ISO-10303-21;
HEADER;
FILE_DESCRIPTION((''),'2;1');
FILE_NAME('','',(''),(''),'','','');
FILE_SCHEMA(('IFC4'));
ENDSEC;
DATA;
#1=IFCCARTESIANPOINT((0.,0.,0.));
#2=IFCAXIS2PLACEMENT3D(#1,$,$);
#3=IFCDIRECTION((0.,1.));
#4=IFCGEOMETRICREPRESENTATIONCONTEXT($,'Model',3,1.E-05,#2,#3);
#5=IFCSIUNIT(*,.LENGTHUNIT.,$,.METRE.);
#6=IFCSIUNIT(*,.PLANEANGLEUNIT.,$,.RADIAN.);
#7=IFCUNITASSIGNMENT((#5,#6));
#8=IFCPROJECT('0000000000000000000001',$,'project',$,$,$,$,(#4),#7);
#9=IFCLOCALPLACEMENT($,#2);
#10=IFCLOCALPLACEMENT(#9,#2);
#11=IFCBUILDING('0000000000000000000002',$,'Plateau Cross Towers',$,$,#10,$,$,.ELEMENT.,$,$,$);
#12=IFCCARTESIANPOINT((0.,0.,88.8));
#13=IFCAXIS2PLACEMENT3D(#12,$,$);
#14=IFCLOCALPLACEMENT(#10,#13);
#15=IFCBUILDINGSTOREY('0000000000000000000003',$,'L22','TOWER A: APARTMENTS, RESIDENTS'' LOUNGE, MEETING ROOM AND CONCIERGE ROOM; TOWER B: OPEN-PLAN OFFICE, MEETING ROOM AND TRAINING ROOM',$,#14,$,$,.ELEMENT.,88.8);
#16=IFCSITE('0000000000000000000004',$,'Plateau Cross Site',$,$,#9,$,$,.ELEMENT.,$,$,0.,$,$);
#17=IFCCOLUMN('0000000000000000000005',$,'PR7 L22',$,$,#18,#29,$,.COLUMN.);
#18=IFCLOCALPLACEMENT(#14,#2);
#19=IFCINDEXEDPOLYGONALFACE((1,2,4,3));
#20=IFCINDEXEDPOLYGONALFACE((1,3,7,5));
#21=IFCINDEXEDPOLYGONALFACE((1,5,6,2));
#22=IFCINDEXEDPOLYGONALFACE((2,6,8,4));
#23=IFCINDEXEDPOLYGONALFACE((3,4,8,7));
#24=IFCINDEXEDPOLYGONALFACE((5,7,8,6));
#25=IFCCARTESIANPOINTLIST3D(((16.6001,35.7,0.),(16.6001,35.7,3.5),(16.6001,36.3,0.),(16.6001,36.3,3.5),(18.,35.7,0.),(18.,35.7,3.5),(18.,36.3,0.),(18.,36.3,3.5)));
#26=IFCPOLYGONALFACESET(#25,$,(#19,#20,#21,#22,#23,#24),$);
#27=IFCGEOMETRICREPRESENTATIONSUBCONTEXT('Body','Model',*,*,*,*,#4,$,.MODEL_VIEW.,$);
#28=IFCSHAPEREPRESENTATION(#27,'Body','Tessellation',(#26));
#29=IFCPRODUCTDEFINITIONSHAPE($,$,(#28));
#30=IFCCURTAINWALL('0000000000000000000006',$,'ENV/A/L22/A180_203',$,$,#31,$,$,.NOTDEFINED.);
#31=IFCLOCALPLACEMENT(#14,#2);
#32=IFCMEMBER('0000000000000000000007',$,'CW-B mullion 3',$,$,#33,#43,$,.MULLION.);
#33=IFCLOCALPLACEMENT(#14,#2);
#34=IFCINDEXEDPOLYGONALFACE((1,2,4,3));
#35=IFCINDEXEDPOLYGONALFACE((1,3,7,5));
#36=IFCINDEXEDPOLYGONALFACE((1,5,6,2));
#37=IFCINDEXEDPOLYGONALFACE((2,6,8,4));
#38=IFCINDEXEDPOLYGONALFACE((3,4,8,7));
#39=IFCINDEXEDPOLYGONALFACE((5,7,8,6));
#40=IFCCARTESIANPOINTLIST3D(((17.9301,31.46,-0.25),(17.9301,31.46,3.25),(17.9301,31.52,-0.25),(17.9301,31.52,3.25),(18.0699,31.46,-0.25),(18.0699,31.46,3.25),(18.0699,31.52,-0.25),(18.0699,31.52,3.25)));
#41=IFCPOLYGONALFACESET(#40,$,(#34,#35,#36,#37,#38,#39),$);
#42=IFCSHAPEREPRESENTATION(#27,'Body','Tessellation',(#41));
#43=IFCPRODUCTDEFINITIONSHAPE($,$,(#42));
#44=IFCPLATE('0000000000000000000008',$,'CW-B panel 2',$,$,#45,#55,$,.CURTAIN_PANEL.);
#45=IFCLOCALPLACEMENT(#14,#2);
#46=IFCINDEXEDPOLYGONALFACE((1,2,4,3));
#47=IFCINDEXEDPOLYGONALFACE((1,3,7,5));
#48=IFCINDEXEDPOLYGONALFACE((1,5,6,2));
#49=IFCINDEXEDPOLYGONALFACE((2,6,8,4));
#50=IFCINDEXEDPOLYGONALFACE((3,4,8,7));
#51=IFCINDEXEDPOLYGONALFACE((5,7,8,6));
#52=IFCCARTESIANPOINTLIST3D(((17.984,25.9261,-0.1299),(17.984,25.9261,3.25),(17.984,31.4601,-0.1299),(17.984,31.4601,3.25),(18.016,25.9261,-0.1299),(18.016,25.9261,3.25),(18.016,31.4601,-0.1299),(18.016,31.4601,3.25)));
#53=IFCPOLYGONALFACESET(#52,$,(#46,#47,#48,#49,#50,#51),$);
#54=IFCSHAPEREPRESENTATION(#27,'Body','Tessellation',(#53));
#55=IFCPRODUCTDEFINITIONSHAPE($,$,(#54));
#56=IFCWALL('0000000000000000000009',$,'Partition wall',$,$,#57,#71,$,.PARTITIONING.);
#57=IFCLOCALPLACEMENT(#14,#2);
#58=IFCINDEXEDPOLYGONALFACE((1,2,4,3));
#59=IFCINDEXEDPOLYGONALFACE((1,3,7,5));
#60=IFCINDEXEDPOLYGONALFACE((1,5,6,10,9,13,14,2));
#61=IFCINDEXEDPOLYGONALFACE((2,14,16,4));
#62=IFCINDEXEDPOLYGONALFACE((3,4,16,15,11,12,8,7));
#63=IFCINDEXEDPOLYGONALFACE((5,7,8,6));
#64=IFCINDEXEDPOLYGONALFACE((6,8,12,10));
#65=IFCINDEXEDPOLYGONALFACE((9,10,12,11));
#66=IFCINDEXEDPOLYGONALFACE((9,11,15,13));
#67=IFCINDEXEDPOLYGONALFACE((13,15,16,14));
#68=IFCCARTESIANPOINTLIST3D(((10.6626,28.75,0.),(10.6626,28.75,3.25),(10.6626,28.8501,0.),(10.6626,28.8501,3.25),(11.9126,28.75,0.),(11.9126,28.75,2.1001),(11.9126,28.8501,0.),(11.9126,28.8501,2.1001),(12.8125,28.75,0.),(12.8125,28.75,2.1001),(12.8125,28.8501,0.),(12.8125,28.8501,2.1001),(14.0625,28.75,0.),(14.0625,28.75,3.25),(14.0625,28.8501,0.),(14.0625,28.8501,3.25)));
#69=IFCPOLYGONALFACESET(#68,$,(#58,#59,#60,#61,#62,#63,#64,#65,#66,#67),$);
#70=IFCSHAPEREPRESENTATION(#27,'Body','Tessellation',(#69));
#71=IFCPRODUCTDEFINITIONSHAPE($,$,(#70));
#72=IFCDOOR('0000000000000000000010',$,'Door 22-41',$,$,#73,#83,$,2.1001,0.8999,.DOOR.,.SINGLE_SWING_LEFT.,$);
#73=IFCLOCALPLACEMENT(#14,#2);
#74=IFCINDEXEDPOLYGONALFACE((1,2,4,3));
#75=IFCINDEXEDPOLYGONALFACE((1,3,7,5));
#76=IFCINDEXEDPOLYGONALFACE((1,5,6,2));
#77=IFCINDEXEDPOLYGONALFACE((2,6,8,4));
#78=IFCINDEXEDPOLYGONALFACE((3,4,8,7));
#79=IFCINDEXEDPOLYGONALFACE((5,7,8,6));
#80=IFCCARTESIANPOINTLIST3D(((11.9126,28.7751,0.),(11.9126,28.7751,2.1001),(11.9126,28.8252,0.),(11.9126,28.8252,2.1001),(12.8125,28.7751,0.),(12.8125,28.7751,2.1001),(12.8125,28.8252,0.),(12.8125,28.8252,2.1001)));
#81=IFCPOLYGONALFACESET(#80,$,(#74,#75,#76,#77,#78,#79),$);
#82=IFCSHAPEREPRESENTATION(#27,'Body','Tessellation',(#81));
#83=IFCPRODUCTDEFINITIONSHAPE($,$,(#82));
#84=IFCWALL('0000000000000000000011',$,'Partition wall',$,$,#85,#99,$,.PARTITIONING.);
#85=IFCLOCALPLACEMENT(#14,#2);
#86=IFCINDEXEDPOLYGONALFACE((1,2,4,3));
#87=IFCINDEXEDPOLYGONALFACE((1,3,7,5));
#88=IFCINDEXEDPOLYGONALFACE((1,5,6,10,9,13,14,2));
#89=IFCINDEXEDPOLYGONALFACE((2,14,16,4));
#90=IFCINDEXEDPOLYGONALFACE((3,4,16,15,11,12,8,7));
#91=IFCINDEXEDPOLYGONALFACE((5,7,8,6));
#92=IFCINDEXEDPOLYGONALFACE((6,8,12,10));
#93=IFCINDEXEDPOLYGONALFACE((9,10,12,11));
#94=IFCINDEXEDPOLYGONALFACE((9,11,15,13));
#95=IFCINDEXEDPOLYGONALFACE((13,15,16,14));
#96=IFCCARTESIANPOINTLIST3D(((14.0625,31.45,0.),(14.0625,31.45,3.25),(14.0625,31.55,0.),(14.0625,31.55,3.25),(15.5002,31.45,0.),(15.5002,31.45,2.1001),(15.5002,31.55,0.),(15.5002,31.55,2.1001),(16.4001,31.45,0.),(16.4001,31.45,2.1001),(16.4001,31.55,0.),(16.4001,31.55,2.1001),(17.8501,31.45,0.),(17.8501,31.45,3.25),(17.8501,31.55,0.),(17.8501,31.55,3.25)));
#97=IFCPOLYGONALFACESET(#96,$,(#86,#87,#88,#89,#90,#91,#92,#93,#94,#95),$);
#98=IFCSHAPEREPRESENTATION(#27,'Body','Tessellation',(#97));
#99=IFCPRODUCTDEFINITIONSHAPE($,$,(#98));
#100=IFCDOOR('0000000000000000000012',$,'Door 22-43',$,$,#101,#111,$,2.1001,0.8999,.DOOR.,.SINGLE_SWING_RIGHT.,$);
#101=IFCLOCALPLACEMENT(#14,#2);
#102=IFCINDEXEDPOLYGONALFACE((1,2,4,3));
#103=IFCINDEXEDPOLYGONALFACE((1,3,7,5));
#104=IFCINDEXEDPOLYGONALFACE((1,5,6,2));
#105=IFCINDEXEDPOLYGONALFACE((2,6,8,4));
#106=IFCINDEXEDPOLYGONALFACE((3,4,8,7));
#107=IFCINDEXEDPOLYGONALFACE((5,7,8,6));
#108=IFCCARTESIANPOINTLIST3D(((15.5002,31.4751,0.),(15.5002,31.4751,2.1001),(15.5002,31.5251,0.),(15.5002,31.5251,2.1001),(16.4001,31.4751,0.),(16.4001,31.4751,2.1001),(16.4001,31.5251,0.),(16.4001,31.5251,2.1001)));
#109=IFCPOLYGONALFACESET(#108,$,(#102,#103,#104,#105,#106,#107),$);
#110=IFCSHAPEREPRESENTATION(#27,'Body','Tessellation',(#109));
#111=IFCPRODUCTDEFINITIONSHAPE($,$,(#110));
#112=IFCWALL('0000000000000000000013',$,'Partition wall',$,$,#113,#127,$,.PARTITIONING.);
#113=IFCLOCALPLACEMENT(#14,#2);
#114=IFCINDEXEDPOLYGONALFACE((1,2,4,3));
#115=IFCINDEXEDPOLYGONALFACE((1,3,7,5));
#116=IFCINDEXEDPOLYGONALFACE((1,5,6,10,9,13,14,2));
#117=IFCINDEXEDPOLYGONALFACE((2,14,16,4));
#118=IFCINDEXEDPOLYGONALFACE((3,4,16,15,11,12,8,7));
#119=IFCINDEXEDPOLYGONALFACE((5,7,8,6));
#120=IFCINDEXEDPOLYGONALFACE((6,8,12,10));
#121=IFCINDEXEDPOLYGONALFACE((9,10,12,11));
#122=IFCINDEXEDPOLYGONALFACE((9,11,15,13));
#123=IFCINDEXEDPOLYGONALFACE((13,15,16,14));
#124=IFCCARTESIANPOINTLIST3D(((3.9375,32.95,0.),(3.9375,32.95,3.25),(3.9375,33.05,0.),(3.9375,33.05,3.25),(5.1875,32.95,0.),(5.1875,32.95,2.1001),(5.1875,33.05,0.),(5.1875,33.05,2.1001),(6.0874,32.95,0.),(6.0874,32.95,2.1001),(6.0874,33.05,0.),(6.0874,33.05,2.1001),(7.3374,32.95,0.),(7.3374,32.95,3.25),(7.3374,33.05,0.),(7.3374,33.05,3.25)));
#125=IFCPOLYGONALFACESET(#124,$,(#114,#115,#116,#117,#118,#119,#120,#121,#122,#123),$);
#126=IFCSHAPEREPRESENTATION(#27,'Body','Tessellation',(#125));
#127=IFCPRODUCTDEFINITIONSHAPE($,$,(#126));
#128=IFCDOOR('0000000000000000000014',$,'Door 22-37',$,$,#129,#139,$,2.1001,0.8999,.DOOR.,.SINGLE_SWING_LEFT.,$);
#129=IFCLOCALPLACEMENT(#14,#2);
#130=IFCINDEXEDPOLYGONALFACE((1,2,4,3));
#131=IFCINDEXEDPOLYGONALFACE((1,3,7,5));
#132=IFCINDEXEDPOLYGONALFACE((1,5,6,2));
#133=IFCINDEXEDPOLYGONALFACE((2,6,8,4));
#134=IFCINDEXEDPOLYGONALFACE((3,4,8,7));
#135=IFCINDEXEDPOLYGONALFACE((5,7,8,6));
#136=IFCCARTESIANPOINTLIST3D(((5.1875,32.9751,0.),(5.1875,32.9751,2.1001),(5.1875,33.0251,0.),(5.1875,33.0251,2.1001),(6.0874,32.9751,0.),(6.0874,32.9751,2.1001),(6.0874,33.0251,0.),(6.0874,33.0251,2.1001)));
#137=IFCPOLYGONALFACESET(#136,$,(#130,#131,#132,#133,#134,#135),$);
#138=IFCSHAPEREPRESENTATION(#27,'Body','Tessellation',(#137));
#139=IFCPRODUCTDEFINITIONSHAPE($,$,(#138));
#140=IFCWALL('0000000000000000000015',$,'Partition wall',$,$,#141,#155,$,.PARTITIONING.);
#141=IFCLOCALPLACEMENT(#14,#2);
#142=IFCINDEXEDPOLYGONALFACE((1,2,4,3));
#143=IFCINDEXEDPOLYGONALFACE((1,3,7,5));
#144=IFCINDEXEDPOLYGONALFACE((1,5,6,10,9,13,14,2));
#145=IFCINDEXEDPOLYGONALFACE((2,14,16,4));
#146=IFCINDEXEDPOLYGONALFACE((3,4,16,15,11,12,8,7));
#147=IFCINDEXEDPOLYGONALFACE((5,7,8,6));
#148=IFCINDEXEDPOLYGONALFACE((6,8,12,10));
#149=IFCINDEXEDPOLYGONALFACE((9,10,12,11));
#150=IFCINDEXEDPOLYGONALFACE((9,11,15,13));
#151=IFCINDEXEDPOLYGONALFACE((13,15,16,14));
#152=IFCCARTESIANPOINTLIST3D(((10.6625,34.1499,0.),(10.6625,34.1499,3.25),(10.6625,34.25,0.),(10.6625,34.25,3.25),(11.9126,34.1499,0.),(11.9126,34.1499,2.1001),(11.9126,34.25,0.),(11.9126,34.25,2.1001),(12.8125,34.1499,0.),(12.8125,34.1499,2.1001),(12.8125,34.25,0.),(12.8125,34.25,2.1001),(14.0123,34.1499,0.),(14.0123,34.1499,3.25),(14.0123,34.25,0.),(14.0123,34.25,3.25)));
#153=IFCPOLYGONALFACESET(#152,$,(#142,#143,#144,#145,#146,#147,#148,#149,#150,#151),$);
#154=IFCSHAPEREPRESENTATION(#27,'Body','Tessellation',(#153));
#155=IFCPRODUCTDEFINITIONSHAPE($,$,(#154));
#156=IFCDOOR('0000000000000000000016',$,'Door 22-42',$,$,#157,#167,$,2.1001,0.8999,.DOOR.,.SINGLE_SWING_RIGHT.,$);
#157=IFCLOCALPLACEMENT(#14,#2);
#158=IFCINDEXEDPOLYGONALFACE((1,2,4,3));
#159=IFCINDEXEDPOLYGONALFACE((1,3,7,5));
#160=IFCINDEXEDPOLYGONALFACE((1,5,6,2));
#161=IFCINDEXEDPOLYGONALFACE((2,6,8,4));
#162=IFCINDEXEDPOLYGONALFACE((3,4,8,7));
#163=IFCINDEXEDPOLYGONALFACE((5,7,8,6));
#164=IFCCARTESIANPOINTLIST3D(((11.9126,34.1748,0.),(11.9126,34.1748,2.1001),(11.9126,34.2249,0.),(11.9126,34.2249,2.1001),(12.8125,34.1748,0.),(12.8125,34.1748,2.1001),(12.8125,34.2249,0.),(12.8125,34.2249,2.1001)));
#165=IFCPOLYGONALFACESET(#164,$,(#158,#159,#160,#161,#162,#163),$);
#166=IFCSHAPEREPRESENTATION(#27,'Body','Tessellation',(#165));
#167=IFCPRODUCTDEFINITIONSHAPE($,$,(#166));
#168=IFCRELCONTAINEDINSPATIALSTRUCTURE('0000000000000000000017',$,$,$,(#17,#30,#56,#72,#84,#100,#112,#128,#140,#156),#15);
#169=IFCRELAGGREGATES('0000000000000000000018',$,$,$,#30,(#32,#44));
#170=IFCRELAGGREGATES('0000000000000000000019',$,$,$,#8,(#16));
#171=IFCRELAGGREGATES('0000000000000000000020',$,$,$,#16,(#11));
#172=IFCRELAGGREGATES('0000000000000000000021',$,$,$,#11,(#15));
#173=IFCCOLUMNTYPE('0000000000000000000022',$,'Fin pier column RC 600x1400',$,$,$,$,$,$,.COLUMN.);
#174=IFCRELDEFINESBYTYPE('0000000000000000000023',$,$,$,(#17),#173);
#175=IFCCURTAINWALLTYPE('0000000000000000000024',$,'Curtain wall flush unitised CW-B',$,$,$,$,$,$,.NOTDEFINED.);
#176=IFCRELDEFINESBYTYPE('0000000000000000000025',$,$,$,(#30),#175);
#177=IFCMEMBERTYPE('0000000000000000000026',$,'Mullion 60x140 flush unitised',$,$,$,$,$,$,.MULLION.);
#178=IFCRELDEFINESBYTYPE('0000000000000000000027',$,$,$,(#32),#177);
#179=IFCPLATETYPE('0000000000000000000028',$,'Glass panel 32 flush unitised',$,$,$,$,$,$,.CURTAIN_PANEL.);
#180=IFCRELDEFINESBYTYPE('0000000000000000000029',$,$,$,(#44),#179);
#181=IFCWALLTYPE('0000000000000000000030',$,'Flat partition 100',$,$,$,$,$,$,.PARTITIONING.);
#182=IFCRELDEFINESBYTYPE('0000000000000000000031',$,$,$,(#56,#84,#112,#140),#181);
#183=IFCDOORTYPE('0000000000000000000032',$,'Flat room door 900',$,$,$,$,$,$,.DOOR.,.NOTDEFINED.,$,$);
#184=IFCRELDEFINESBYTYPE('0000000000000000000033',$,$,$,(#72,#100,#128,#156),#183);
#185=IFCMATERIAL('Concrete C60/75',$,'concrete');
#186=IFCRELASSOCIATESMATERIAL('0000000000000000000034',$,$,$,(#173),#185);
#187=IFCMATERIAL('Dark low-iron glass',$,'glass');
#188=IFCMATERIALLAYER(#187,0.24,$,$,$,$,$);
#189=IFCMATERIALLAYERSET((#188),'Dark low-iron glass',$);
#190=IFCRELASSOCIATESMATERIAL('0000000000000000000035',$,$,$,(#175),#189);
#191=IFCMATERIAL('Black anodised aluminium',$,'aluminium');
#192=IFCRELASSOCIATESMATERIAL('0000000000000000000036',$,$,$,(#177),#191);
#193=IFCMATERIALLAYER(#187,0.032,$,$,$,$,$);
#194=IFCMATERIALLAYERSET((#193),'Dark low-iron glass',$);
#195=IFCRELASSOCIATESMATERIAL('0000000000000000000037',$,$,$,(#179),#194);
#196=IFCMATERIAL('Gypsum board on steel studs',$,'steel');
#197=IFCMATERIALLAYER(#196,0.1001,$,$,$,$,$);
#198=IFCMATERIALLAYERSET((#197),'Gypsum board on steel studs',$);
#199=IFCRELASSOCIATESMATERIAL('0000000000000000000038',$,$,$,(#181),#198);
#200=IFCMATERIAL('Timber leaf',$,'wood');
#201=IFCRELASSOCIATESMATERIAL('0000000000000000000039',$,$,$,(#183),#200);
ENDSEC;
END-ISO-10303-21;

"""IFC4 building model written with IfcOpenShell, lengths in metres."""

from ifc_helpers import new_model, si_unit, direction, frame, frame_2d, origin, origin_2d, place, context, subcontext, project, spatial, rectangle, extrude, material, layer, layer_set, material_profile, profile_set, type_object, element, fill, aggregate, save


model = new_model("IFC4")

# Units and contexts
model_context = context("Model", 3, precision=1e-05, world=origin(), true_north=direction((0.0, 1.0)))
body_context = subcontext(model_context, "Body", "Model", "MODEL_VIEW")
ifc_project = project(units=[si_unit("LENGTHUNIT", "METRE"), si_unit("PLANEANGLEUNIT", "RADIAN")], contexts=[model_context])

# Site, building, storey
site_placement = place(None, origin())
site = spatial("IfcSite", under=ifc_project, at=site_placement, Name="Plateau Cross Site", CompositionType="ELEMENT", RefElevation=0.0)
building_placement = place(site_placement, origin())
building = spatial("IfcBuilding", under=site, at=building_placement, Name="Plateau Cross Towers", CompositionType="ELEMENT")
storey_placement = place(building_placement, frame((0.0, 0.0, 88.8)))
storey = spatial("IfcBuildingStorey", under=building, at=storey_placement, Name="L22", Description="TOWER A: APARTMENTS, RESIDENTS' LOUNGE, MEETING ROOM AND CONCIERGE ROOM; TOWER B: OPEN-PLAN OFFICE, MEETING ROOM AND TRAINING ROOM", CompositionType="ELEMENT", Elevation=88.8)

# Column
ifc_material_1 = material(Name="Concrete C60/75", Category="concrete")
ifc_material_profile_1 = material_profile(ifc_material_1, rectangle(XDim=0.6001, YDim=1.3999, at=origin_2d()), Name="RC 600x1400")
ifc_profile_set_1 = profile_set([ifc_material_profile_1], Name="Concrete C60/75")
column_type = type_object("IfcColumnType", Name="Fin pier column RC 600x1400", PredefinedType="COLUMN", material=ifc_profile_set_1)
column_placement = place(storey_placement, frame((17.3, 36.0, 0.0), z_axis=(0.0, 0.0, 1.0), x_axis=(0.0, 1.0, 0.0)))
element("IfcColumn", 1, at=column_placement, inside=storey, type_object=column_type, Name="PR7 L22", PredefinedType="COLUMN", context=body_context, shape_type="SweptSolid", body=[
    extrude(rectangle(XDim=0.6001, YDim=1.3999, at=origin_2d()), origin(), (0.0, 0.0, 1.0), 3.5),
])

# Curtain wall, member, plate
ifc_material_2 = material(Name="Dark low-iron glass", Category="glass")
ifc_layer_1 = layer(ifc_material_2, 0.24)
ifc_layer_set_1 = layer_set([ifc_layer_1], Name="Dark low-iron glass")
curtain_wall_type = type_object("IfcCurtainWallType", Name="Curtain wall flush unitised CW-B", PredefinedType="NOTDEFINED", material=ifc_layer_set_1)
curtain_wall_placement = place(storey_placement, origin())
curtain_wall = element("IfcCurtainWall", 2, at=curtain_wall_placement, inside=storey, type_object=curtain_wall_type, Name="ENV/A/L22/A180_203", PredefinedType="NOTDEFINED")
ifc_material_3 = material(Name="Black anodised aluminium", Category="aluminium")
ifc_material_profile_2 = material_profile(ifc_material_3, rectangle(XDim=0.0601, YDim=0.1399, at=origin_2d()), Name="MULLION 60x140")
ifc_profile_set_2 = profile_set([ifc_material_profile_2], Name="Black anodised aluminium")
member_type = type_object("IfcMemberType", Name="Mullion 60x140 flush unitised", PredefinedType="MULLION", material=ifc_profile_set_2)
member_placement = place(storey_placement, frame((18.0, 31.49, -0.25), z_axis=(0.0, 0.0, 1.0), x_axis=(0.0, 1.0, 0.0)))
member = element("IfcMember", 3, at=member_placement, type_object=member_type, Name="CW-B mullion 3", PredefinedType="MULLION", context=body_context, shape_type="SweptSolid", body=[
    extrude(rectangle(XDim=0.0601, YDim=0.1399, at=origin_2d()), origin(), (0.0, 0.0, 1.0), 3.5),
])
ifc_layer_2 = layer(ifc_material_2, 0.032)
ifc_layer_set_2 = layer_set([ifc_layer_2], Name="Dark low-iron glass")
plate_type = type_object("IfcPlateType", Name="Glass panel 32 flush unitised", PredefinedType="CURTAIN_PANEL", material=ifc_layer_set_2)
plate_placement = place(storey_placement, frame((18.0, 28.6931, -0.1299), z_axis=(0.0, 0.0, 1.0), x_axis=(0.0, 1.0, 0.0)))
plate = element("IfcPlate", 4, at=plate_placement, type_object=plate_type, Name="CW-B panel 2", PredefinedType="CURTAIN_PANEL", context=body_context, shape_type="SweptSolid", body=[
    extrude(rectangle(XDim=5.5339, YDim=0.032, at=origin_2d()), origin(), (0.0, 0.0, 1.0), 3.3799),
])
aggregate(curtain_wall, [member, plate])

# Walls, openings, doors
ifc_material_4 = material(Name="Gypsum board on steel studs", Category="steel")
ifc_layer_3 = layer(ifc_material_4, 0.1001)
ifc_layer_set_3 = layer_set([ifc_layer_3], Name="Gypsum board on steel studs")
wall_type_1 = type_object("IfcWallType", Name="Flat partition 100", PredefinedType="PARTITIONING", material=ifc_layer_set_3)
wall_1_placement = place(storey_placement, frame((14.0625, 28.8, 0.0), z_axis=(0.0, 0.0, 1.0), x_axis=(-1.0, 0.0, 0.0)))
wall_1 = element("IfcWall", 5, at=wall_1_placement, inside=storey, type_object=wall_type_1, Name="Partition wall", PredefinedType="PARTITIONING", context=body_context, shape_type="SweptSolid", body=[
    extrude(rectangle(XDim=3.3999, YDim=0.1001, at=frame_2d((1.7, 0.0))), origin(), (0.0, 0.0, 1.0), 3.25),
])
opening_1_placement = place(wall_1_placement, frame((1.25, 0.0, 0.0)))
opening_1 = element("IfcOpeningElement", 6, at=opening_1_placement, cuts=wall_1, PredefinedType="OPENING", context=body_context, shape_type="SweptSolid", body=[
    extrude(rectangle(XDim=0.8999, YDim=2.1001, at=frame_2d((0.45, 1.05))), frame((0.0, 0.0601, 0.0), z_axis=(0.0, -1.0, 0.0), x_axis=(1.0, 0.0, 0.0)), (0.0, 0.0, 1.0), 0.1201),
])
ifc_material_5 = material(Name="Timber leaf", Category="wood")
door_type_1 = type_object("IfcDoorType", Name="Flat room door 900", OperationType="NOTDEFINED", PredefinedType="DOOR", material=ifc_material_5)
door_1_placement = place(opening_1_placement, origin())
door_1 = element("IfcDoor", 7, at=door_1_placement, inside=storey, type_object=door_type_1, Name="Door 22-41", OperationType="SINGLE_SWING_LEFT", OverallHeight=2.1001, OverallWidth=0.8999, PredefinedType="DOOR", context=body_context, shape_type="SweptSolid", body=[
    extrude(rectangle(XDim=0.8999, YDim=2.1001, at=frame_2d((0.45, 1.05))), frame((0.0, 0.0249, 0.0), z_axis=(0.0, -1.0, 0.0), x_axis=(1.0, 0.0, 0.0)), (0.0, 0.0, 1.0), 0.05),
])
fill(opening_1, door_1)
wall_2_placement = place(storey_placement, frame((17.8501, 31.5, 0.0), z_axis=(0.0, 0.0, 1.0), x_axis=(-1.0, 0.0, 0.0)))
wall_2 = element("IfcWall", 8, at=wall_2_placement, inside=storey, type_object=wall_type_1, Name="Partition wall", PredefinedType="PARTITIONING", context=body_context, shape_type="SweptSolid", body=[
    extrude(rectangle(XDim=3.7876, YDim=0.1001, at=frame_2d((1.8938, 0.0))), origin(), (0.0, 0.0, 1.0), 3.25),
])
opening_2_placement = place(wall_2_placement, frame((1.45, 0.0, 0.0)))
opening_2 = element("IfcOpeningElement", 9, at=opening_2_placement, cuts=wall_2, PredefinedType="OPENING", context=body_context, shape_type="SweptSolid", body=[
    extrude(rectangle(XDim=0.8999, YDim=2.1001, at=frame_2d((0.45, 1.05))), frame((0.0, 0.0601, 0.0), z_axis=(0.0, -1.0, 0.0), x_axis=(1.0, 0.0, 0.0)), (0.0, 0.0, 1.0), 0.1201),
])
door_2_placement = place(opening_2_placement, origin())
door_2 = element("IfcDoor", 10, at=door_2_placement, inside=storey, type_object=door_type_1, Name="Door 22-43", OperationType="SINGLE_SWING_RIGHT", OverallHeight=2.1001, OverallWidth=0.8999, PredefinedType="DOOR", context=body_context, shape_type="SweptSolid", body=[
    extrude(rectangle(XDim=0.8999, YDim=2.1001, at=frame_2d((0.45, 1.05))), frame((0.0, 0.0249, 0.0), z_axis=(0.0, -1.0, 0.0), x_axis=(1.0, 0.0, 0.0)), (0.0, 0.0, 1.0), 0.05),
])
fill(opening_2, door_2)
wall_3_placement = place(storey_placement, frame((7.3374, 33.0, 0.0), z_axis=(0.0, 0.0, 1.0), x_axis=(-1.0, 0.0, 0.0)))
wall_3 = element("IfcWall", 11, at=wall_3_placement, inside=storey, type_object=wall_type_1, Name="Partition wall", PredefinedType="PARTITIONING", context=body_context, shape_type="SweptSolid", body=[
    extrude(rectangle(XDim=3.3999, YDim=0.1001, at=frame_2d((1.7, 0.0))), origin(), (0.0, 0.0, 1.0), 3.25),
])
opening_3_placement = place(wall_3_placement, frame((1.25, 0.0, 0.0)))
opening_3 = element("IfcOpeningElement", 12, at=opening_3_placement, cuts=wall_3, PredefinedType="OPENING", context=body_context, shape_type="SweptSolid", body=[
    extrude(rectangle(XDim=0.8999, YDim=2.1001, at=frame_2d((0.45, 1.05))), frame((0.0, 0.0601, 0.0), z_axis=(0.0, -1.0, 0.0), x_axis=(1.0, 0.0, 0.0)), (0.0, 0.0, 1.0), 0.1201),
])
door_3_placement = place(opening_3_placement, origin())
door_3 = element("IfcDoor", 13, at=door_3_placement, inside=storey, type_object=door_type_1, Name="Door 22-37", OperationType="SINGLE_SWING_LEFT", OverallHeight=2.1001, OverallWidth=0.8999, PredefinedType="DOOR", context=body_context, shape_type="SweptSolid", body=[
    extrude(rectangle(XDim=0.8999, YDim=2.1001, at=frame_2d((0.45, 1.05))), frame((0.0, 0.0249, 0.0), z_axis=(0.0, -1.0, 0.0), x_axis=(1.0, 0.0, 0.0)), (0.0, 0.0, 1.0), 0.05),
])
fill(opening_3, door_3)
wall_4_placement = place(storey_placement, frame((10.6626, 34.2, 0.0), z_axis=(0.0, 0.0, 1.0), x_axis=(1.0, 0.0, 0.0)))
wall_4 = element("IfcWall", 14, at=wall_4_placement, inside=storey, type_object=wall_type_1, Name="Partition wall", PredefinedType="PARTITIONING", context=body_context, shape_type="SweptSolid", body=[
    extrude(rectangle(XDim=3.3499, YDim=0.1001, at=frame_2d((1.6748, 0.0))), origin(), (0.0, 0.0, 1.0), 3.25),
])
opening_4_placement = place(wall_4_placement, frame((1.25, 0.0, 0.0)))
opening_4 = element("IfcOpeningElement", 15, at=opening_4_placement, cuts=wall_4, PredefinedType="OPENING", context=body_context, shape_type="SweptSolid", body=[
    extrude(rectangle(XDim=0.8999, YDim=2.1001, at=frame_2d((0.45, 1.05))), frame((0.0, 0.0601, 0.0), z_axis=(0.0, -1.0, 0.0), x_axis=(1.0, 0.0, 0.0)), (0.0, 0.0, 1.0), 0.1201),
])
door_4_placement = place(opening_4_placement, origin())
door_4 = element("IfcDoor", 16, at=door_4_placement, inside=storey, type_object=door_type_1, Name="Door 22-42", OperationType="SINGLE_SWING_RIGHT", OverallHeight=2.1001, OverallWidth=0.8999, PredefinedType="DOOR", context=body_context, shape_type="SweptSolid", body=[
    extrude(rectangle(XDim=0.8999, YDim=2.1001, at=frame_2d((0.45, 1.05))), frame((0.0, 0.0249, 0.0), z_axis=(0.0, -1.0, 0.0), x_axis=(1.0, 0.0, 0.0)), (0.0, 0.0, 1.0), 0.05),
])
fill(opening_4, door_4)

save(model, "model.ifc")
